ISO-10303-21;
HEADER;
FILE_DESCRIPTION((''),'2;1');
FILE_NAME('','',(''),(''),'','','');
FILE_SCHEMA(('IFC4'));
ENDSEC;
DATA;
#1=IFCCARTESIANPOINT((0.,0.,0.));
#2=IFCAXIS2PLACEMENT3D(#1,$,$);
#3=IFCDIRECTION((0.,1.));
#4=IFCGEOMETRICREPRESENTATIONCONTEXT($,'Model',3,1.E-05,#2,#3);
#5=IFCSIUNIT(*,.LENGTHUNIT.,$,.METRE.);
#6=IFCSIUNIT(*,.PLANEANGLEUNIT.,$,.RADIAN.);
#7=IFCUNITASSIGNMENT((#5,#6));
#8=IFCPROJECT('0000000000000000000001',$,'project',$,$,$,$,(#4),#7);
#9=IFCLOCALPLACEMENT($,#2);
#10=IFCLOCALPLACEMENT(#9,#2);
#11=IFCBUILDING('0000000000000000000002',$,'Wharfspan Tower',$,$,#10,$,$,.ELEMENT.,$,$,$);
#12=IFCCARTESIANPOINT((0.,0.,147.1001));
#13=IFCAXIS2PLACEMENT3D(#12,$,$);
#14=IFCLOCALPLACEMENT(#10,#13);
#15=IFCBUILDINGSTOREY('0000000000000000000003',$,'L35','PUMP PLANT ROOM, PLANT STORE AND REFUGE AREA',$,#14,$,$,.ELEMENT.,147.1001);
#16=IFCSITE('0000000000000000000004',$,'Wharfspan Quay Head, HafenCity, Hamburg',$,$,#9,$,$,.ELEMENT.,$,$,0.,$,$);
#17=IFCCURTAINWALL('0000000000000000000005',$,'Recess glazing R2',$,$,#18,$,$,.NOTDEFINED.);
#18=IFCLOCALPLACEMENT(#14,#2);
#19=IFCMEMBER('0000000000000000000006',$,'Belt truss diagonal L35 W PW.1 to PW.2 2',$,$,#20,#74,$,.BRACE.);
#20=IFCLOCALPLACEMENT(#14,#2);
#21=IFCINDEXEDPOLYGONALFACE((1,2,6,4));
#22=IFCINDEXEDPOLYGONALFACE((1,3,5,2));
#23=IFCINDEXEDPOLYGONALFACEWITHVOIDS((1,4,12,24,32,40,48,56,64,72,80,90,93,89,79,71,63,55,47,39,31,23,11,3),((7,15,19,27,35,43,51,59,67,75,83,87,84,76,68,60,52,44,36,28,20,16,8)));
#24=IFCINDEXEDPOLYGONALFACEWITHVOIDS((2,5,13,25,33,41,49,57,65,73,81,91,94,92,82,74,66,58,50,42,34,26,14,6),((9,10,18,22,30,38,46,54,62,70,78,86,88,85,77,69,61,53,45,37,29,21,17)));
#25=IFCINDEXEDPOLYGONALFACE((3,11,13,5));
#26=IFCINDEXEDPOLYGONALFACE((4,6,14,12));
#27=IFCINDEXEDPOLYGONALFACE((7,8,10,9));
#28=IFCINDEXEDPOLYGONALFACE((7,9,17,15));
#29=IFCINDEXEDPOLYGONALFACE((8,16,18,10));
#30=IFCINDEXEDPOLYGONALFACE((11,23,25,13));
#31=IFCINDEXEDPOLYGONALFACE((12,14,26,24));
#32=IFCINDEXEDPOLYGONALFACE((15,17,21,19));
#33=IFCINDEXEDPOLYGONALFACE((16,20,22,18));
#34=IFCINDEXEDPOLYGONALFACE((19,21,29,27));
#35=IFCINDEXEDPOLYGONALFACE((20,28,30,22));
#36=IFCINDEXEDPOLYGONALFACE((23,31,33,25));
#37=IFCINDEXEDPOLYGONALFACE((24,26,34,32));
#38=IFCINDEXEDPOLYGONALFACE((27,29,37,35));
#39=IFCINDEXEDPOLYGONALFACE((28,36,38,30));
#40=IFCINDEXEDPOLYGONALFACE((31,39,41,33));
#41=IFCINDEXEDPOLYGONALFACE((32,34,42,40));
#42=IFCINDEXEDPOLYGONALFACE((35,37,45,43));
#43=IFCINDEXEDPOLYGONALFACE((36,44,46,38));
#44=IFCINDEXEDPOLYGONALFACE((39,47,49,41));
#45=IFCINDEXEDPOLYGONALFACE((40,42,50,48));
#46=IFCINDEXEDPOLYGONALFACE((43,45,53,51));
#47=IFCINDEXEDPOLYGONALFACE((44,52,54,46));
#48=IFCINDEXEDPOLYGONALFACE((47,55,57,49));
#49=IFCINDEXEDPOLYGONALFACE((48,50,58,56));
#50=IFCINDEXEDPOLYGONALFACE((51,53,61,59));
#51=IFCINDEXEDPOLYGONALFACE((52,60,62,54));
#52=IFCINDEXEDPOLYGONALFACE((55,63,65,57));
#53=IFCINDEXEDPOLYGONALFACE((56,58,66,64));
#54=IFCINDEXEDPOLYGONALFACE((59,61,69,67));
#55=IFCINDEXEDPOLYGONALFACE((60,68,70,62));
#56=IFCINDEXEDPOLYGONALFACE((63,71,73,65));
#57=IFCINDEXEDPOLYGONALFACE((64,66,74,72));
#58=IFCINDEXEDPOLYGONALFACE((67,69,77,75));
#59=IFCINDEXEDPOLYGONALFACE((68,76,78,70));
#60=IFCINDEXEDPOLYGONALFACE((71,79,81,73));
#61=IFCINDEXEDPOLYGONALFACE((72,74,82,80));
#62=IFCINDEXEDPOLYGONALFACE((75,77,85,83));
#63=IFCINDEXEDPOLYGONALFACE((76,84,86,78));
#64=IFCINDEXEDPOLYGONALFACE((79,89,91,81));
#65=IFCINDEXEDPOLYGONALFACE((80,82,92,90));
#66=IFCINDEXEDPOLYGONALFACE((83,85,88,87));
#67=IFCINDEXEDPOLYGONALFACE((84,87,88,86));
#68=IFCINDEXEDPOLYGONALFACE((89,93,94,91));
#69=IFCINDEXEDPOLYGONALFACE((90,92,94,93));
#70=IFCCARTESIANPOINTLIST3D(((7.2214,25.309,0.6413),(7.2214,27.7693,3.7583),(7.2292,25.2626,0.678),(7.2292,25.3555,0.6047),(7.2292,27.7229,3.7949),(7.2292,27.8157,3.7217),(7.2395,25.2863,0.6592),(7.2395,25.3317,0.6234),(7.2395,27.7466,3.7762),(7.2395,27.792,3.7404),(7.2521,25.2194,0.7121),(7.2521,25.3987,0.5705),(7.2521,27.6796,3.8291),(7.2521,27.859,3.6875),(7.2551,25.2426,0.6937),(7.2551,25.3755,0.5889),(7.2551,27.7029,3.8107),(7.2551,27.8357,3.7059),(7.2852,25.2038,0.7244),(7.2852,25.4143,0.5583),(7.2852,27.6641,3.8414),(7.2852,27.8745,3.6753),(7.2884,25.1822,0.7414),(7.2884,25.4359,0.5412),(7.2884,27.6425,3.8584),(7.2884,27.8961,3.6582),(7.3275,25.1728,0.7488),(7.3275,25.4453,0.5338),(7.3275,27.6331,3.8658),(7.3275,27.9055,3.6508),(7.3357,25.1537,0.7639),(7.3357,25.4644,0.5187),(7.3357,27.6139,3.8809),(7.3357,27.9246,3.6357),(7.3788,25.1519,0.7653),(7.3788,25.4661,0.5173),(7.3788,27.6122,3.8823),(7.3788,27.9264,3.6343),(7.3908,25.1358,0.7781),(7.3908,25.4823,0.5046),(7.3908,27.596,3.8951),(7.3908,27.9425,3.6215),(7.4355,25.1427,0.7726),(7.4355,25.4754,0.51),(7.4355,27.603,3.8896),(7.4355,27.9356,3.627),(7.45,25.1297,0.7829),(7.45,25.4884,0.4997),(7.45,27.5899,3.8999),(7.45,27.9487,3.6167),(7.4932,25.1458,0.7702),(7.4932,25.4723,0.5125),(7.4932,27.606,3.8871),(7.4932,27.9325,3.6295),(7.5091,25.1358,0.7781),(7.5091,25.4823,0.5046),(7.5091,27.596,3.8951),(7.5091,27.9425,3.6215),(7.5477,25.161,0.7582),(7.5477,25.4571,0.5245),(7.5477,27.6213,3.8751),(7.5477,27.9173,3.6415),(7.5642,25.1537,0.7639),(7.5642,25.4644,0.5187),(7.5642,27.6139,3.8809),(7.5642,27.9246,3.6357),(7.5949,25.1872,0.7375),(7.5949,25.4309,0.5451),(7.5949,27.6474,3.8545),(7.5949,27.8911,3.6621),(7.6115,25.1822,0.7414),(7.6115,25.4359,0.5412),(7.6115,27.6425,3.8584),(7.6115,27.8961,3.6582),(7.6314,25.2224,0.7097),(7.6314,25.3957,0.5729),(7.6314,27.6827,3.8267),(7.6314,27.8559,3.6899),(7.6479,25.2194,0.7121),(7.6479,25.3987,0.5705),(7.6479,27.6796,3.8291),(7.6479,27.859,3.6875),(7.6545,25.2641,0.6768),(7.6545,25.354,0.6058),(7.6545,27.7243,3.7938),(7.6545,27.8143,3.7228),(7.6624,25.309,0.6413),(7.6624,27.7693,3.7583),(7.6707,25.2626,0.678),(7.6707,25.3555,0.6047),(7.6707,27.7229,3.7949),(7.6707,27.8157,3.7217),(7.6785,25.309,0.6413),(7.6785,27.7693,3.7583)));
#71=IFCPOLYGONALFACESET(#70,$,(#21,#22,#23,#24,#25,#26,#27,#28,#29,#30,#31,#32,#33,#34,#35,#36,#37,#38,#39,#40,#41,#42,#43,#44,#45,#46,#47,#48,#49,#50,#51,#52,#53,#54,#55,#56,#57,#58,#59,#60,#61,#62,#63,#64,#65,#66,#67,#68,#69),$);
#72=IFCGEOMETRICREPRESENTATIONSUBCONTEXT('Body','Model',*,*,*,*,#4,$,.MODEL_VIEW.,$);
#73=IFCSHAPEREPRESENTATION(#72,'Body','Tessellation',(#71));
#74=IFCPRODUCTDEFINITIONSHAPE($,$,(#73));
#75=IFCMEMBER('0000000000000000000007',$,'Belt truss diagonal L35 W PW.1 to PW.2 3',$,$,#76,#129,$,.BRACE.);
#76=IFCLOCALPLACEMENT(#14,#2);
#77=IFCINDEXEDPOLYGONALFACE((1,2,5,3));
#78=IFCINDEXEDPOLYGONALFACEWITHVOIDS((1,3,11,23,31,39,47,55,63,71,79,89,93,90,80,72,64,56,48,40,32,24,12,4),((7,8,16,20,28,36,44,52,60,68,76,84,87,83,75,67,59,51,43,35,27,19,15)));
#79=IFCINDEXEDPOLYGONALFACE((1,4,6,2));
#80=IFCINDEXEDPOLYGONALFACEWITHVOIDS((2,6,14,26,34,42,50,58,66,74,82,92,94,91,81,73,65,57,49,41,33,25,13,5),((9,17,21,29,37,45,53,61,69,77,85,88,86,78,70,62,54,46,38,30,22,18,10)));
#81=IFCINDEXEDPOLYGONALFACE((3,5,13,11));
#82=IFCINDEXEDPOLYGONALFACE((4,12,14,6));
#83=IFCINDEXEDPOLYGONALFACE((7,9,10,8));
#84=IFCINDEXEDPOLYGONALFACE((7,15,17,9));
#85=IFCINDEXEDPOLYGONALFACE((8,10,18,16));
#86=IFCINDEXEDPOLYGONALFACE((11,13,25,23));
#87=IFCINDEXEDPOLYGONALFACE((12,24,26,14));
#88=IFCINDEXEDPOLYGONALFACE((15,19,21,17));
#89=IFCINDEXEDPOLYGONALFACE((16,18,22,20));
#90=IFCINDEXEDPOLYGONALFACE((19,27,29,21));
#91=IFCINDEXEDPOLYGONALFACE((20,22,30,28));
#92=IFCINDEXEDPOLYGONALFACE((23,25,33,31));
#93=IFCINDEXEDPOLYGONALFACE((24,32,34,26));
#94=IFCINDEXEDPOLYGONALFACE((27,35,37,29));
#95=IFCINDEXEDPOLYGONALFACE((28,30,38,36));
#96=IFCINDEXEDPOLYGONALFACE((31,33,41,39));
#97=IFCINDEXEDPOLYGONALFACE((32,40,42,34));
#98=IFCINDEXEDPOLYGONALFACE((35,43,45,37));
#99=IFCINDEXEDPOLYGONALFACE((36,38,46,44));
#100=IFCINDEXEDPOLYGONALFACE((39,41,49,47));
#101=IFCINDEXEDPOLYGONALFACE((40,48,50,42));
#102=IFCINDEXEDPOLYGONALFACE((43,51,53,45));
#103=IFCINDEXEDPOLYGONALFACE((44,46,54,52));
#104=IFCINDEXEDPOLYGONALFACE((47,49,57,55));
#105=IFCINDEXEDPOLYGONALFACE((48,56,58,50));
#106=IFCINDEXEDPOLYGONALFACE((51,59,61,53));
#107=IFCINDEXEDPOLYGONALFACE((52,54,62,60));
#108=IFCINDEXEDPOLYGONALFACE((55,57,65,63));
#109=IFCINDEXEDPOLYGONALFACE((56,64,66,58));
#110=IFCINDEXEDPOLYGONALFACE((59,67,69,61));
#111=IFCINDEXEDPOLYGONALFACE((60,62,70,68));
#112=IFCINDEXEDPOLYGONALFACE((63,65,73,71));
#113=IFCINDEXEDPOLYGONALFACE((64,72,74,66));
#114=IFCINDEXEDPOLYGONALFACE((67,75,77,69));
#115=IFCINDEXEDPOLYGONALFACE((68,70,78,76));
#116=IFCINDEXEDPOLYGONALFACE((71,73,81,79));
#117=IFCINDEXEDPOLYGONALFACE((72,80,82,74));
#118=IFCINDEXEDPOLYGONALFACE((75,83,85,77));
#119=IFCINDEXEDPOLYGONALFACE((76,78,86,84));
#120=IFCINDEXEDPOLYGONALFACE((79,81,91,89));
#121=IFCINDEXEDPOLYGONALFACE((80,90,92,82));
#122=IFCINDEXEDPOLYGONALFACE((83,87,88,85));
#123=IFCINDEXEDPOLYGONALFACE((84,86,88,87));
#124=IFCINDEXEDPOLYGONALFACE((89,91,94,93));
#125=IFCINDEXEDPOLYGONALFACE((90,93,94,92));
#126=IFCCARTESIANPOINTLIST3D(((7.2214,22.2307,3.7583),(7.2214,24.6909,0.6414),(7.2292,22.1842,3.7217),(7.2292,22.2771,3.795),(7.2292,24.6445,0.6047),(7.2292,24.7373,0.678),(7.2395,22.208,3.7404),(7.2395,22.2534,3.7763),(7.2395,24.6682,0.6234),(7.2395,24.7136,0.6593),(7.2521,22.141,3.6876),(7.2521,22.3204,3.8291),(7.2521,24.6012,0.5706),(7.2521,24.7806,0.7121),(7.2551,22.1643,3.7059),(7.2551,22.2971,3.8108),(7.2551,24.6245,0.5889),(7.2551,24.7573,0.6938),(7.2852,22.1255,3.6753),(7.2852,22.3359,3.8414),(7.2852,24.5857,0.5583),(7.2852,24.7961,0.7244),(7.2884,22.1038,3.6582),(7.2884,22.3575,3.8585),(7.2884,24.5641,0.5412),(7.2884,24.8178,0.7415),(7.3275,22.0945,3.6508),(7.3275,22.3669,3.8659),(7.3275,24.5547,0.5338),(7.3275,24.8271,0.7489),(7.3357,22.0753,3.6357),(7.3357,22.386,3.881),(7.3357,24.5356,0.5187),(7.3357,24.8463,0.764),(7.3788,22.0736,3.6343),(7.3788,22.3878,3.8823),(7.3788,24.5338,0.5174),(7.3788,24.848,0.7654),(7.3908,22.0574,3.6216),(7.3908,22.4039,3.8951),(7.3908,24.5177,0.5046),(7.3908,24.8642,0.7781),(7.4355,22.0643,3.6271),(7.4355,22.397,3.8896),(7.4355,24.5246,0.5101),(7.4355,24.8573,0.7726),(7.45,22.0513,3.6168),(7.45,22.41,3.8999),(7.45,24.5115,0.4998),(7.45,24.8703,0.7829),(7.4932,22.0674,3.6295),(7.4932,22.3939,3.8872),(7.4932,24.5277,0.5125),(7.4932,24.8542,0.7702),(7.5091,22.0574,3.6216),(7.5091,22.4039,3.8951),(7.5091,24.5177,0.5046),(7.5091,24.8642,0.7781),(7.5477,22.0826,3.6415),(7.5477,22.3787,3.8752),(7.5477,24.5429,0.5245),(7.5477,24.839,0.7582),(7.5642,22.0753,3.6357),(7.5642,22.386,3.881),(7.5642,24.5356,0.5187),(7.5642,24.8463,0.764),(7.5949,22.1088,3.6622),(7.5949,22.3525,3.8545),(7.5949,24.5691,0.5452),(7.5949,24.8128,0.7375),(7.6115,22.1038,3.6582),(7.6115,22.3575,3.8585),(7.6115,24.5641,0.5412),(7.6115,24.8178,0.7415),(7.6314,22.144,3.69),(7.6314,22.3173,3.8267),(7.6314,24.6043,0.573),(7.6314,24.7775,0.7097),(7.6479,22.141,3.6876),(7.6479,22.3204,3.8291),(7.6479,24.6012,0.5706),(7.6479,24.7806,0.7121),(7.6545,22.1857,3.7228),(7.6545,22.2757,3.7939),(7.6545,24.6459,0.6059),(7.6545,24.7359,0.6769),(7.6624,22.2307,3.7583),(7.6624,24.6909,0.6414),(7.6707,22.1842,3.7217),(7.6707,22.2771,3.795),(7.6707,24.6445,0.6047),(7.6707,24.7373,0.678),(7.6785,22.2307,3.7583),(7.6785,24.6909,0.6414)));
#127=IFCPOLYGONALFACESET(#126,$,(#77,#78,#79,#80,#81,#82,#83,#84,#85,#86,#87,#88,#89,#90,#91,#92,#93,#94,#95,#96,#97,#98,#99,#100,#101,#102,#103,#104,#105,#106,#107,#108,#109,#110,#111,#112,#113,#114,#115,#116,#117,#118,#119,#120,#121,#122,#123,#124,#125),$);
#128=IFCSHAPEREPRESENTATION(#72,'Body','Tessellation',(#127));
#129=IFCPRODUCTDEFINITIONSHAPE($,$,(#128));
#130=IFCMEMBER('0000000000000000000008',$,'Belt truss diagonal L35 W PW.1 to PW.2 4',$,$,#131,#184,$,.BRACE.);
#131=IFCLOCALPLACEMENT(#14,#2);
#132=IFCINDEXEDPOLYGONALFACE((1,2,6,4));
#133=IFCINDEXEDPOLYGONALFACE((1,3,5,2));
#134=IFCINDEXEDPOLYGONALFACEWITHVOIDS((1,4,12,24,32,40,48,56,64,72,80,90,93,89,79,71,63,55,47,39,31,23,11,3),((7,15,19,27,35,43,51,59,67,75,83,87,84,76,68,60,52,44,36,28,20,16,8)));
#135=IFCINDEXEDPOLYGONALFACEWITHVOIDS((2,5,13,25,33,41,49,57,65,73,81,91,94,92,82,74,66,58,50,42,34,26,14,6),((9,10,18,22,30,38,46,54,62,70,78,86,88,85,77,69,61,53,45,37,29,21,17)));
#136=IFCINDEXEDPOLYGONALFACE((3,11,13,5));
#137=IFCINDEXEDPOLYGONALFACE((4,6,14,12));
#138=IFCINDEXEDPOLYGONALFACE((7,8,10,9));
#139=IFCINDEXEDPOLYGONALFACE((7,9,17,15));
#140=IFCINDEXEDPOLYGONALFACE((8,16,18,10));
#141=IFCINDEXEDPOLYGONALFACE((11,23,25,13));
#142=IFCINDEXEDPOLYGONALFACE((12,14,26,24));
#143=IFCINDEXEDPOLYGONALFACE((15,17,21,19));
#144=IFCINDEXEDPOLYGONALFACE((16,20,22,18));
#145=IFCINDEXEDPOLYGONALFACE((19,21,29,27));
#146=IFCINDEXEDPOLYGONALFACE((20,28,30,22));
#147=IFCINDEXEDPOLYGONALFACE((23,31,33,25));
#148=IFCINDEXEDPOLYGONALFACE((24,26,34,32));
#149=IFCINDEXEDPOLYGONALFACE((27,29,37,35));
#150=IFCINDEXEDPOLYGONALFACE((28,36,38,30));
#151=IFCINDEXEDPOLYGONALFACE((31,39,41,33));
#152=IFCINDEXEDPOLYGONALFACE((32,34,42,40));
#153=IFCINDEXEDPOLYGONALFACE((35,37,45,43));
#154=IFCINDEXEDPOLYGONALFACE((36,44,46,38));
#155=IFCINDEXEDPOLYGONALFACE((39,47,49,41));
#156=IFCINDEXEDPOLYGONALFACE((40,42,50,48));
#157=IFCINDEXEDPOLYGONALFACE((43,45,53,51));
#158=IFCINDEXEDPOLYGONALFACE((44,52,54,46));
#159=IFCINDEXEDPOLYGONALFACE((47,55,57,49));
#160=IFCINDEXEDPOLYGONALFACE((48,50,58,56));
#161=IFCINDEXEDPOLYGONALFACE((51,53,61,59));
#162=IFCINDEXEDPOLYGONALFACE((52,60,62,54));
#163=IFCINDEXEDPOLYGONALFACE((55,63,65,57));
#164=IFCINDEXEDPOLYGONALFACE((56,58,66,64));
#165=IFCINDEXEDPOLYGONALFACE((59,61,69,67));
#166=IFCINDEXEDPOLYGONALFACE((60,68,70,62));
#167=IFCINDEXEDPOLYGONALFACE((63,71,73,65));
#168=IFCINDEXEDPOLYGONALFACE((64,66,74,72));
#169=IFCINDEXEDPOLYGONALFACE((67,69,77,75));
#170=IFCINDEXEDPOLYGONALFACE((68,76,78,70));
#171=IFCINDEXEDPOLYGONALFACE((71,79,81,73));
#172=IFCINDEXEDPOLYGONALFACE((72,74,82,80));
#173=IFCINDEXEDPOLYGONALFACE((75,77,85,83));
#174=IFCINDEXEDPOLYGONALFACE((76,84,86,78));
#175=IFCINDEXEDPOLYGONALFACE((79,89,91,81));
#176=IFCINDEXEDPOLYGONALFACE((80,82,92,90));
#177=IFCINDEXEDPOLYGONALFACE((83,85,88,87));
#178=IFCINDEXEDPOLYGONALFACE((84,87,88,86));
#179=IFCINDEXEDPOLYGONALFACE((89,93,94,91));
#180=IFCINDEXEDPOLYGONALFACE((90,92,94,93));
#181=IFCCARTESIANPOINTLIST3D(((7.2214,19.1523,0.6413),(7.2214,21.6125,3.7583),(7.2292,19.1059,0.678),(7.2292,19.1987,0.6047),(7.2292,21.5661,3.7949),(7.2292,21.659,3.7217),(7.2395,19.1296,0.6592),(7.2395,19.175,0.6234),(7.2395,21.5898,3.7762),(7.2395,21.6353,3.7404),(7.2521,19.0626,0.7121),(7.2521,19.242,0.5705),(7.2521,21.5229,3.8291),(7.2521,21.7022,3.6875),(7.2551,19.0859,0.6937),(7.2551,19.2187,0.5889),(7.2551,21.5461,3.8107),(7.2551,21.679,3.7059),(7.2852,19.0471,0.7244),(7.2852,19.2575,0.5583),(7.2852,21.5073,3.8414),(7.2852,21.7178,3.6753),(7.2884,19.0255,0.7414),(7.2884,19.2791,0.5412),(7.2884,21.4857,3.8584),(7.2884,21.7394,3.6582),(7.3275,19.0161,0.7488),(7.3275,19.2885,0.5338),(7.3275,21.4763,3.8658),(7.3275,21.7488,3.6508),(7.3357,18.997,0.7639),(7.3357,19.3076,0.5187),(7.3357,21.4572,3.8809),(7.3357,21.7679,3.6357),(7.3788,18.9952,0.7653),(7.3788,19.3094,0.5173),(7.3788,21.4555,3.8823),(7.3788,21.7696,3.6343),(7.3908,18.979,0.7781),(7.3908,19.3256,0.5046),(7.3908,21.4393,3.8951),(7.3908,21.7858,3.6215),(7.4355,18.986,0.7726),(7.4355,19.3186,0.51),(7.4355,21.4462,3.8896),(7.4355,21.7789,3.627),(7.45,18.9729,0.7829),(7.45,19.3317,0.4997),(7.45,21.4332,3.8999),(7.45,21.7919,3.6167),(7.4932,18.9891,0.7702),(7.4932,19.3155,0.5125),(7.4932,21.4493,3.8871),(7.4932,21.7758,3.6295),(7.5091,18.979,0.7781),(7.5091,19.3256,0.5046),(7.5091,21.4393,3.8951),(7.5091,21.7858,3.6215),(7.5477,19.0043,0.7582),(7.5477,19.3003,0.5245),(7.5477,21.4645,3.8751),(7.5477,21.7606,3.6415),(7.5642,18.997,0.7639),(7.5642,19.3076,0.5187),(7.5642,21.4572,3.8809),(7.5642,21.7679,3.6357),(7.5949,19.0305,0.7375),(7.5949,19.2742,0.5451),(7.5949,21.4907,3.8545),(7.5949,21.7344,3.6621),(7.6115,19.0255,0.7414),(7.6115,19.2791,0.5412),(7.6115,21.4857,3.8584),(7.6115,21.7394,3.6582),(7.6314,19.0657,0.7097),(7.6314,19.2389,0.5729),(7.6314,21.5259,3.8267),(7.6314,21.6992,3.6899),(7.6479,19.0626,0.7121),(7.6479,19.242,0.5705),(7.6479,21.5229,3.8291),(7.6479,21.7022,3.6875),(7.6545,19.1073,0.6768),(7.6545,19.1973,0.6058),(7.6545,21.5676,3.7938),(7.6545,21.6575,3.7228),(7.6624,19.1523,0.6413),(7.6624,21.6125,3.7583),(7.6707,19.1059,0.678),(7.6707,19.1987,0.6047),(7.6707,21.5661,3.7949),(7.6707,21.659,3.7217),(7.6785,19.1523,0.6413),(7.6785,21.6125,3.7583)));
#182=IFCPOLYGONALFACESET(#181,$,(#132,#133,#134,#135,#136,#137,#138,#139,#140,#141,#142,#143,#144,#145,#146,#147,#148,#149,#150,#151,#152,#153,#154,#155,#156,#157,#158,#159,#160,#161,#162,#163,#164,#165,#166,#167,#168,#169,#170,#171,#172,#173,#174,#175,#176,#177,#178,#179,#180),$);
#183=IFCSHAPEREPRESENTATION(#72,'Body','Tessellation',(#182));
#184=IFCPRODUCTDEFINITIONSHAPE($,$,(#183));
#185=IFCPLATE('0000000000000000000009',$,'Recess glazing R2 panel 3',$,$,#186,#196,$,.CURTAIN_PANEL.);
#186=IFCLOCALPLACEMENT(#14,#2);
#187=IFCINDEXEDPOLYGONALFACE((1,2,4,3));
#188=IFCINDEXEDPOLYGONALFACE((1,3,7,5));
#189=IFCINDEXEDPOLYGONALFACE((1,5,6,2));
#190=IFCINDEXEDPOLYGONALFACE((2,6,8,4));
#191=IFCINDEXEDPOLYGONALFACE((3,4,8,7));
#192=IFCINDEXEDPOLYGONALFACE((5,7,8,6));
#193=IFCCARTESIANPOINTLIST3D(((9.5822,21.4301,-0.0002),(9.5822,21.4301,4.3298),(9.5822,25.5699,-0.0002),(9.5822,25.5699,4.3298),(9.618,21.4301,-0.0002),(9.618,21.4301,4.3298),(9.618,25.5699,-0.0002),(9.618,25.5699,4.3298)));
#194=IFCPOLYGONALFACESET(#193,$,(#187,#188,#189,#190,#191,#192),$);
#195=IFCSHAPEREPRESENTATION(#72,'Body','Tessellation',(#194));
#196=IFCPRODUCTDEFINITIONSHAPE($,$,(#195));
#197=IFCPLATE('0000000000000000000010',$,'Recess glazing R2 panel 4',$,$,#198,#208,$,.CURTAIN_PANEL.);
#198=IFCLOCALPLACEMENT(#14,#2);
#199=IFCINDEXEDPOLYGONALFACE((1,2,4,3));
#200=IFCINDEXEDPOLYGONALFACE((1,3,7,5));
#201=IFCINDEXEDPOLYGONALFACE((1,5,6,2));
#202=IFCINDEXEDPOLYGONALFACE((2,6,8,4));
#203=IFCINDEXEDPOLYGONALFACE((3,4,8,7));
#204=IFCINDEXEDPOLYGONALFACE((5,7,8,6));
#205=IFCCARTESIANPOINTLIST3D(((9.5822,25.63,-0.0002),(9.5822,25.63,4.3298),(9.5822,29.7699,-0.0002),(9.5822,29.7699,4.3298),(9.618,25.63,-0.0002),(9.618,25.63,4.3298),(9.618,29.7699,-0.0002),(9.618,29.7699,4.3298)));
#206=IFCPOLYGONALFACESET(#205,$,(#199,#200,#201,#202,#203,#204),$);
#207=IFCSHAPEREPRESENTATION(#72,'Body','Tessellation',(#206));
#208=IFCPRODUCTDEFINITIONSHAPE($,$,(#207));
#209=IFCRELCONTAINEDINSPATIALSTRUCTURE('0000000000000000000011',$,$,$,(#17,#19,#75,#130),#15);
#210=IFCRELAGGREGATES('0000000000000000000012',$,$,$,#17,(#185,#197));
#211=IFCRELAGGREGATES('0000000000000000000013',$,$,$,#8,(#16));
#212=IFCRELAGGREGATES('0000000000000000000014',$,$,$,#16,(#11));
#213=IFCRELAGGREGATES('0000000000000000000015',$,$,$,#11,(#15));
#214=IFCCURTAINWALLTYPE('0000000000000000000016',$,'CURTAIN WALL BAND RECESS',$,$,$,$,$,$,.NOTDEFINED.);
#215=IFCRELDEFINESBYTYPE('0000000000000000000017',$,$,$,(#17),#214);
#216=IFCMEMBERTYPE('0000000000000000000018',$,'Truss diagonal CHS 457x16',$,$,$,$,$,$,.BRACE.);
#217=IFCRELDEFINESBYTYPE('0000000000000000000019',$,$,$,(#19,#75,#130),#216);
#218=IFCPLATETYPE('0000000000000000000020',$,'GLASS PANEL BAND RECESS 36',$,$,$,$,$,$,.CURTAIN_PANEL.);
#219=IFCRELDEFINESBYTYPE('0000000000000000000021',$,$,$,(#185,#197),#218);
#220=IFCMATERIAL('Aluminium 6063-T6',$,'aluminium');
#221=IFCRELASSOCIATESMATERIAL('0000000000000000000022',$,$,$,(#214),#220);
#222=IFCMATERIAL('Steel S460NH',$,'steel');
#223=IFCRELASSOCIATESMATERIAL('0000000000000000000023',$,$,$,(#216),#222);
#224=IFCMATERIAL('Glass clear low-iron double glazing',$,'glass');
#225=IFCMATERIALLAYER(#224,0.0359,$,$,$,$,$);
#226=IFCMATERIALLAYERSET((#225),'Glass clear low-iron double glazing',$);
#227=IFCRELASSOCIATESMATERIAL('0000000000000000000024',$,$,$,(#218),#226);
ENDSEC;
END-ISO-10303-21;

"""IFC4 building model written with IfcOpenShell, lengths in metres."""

from ifc_helpers import new_model, si_unit, direction, frame, origin, origin_2d, place, context, subcontext, project, spatial, rectangle, hollow_circle, extrude, material, layer, layer_set, material_profile, profile_set, type_object, element, aggregate, save


model = new_model("IFC4")

# Units and contexts
model_context = context("Model", 3, precision=1e-05, world=origin(), true_north=direction((0.0, 1.0)))
body_context = subcontext(model_context, "Body", "Model", "MODEL_VIEW")
ifc_project = project(units=[si_unit("LENGTHUNIT", "METRE"), si_unit("PLANEANGLEUNIT", "RADIAN")], contexts=[model_context])

# Site, building, storey
site_placement = place(None, origin())
site = spatial("IfcSite", under=ifc_project, at=site_placement, Name="Wharfspan Quay Head, HafenCity, Hamburg", CompositionType="ELEMENT", RefElevation=0.0)
building_placement = place(site_placement, origin())
building = spatial("IfcBuilding", under=site, at=building_placement, Name="Wharfspan Tower", CompositionType="ELEMENT")
storey_placement = place(building_placement, frame((0.0, 0.0, 147.1001)))
storey = spatial("IfcBuildingStorey", under=building, at=storey_placement, Name="L35", Description="PUMP PLANT ROOM, PLANT STORE AND REFUGE AREA", CompositionType="ELEMENT", Elevation=147.1001)

# Curtain wall
ifc_material_1 = material(Name="Aluminium 6063-T6", Category="aluminium")
curtain_wall_type = type_object("IfcCurtainWallType", Name="CURTAIN WALL BAND RECESS", PredefinedType="NOTDEFINED", material=ifc_material_1)
curtain_wall_placement = place(storey_placement, origin())
curtain_wall = element("IfcCurtainWall", 1, at=curtain_wall_placement, inside=storey, type_object=curtain_wall_type, Name="Recess glazing R2", PredefinedType="NOTDEFINED")

# Members
ifc_material_2 = material(Name="Steel S460NH", Category="steel")
ifc_material_profile_1 = material_profile(ifc_material_2, hollow_circle(Radius=0.2285, WallThickness=0.0161, at=origin_2d()))
ifc_profile_set_1 = profile_set([ifc_material_profile_1], Name="Steel S460NH")
member_type_1 = type_object("IfcMemberType", Name="Truss diagonal CHS 457x16", PredefinedType="BRACE", material=ifc_profile_set_1)
for number, where, z_axis, x_axis, name in (
    (2, (7.45, 27.7693, 3.7583), (0.0, -0.619561, -0.784949), (1.0, 0.0, 0.0), "Belt truss diagonal L35 W PW.1 to PW.2 2"),
    (3, (7.45, 24.6909, 0.6414), (0.0, -0.619561, 0.784949), (1.0, 0.0, 0.0), "Belt truss diagonal L35 W PW.1 to PW.2 3"),
    (4, (7.45, 21.6125, 3.7583), (0.0, -0.619561, -0.784949), (1.0, 0.0, 0.0), "Belt truss diagonal L35 W PW.1 to PW.2 4"),
):
    element("IfcMember", number, at=place(storey_placement, frame(where, z_axis=z_axis, x_axis=x_axis)), inside=storey, type_object=member_type_1, Name=name, PredefinedType="BRACE", context=body_context, shape_type="SweptSolid", body=[
        extrude(hollow_circle(Radius=0.2285, WallThickness=0.0161, at=origin_2d()), origin(), (0.0, 0.0, 1.0), 3.9709),
    ])

# Plates
ifc_material_3 = material(Name="Glass clear low-iron double glazing", Category="glass")
ifc_layer_1 = layer(ifc_material_3, 0.0359)
ifc_layer_set_1 = layer_set([ifc_layer_1], Name="Glass clear low-iron double glazing")
plate_type = type_object("IfcPlateType", Name="GLASS PANEL BAND RECESS 36", PredefinedType="CURTAIN_PANEL", material=ifc_layer_set_1)
plate_1_placement = place(storey_placement, frame((9.6001, 23.5, -0.0002), z_axis=(0.0, 0.0, 1.0), x_axis=(0.0, 1.0, 0.0)))
plate_1 = element("IfcPlate", 5, at=plate_1_placement, type_object=plate_type, Name="Recess glazing R2 panel 3", PredefinedType="CURTAIN_PANEL", context=body_context, shape_type="SweptSolid", body=[
    extrude(rectangle(XDim=4.1399, YDim=0.0359, at=origin_2d()), origin(), (0.0, 0.0, 1.0), 4.3301),
])
plate_2_placement = place(storey_placement, frame((9.6001, 27.7, -0.0002), z_axis=(0.0, 0.0, 1.0), x_axis=(0.0, 1.0, 0.0)))
plate_2 = element("IfcPlate", 6, at=plate_2_placement, type_object=plate_type, Name="Recess glazing R2 panel 4", PredefinedType="CURTAIN_PANEL", context=body_context, shape_type="SweptSolid", body=[
    extrude(rectangle(XDim=4.1399, YDim=0.0359, at=origin_2d()), origin(), (0.0, 0.0, 1.0), 4.3301),
])
aggregate(curtain_wall, [plate_1, plate_2])

save(model, "model.ifc")
